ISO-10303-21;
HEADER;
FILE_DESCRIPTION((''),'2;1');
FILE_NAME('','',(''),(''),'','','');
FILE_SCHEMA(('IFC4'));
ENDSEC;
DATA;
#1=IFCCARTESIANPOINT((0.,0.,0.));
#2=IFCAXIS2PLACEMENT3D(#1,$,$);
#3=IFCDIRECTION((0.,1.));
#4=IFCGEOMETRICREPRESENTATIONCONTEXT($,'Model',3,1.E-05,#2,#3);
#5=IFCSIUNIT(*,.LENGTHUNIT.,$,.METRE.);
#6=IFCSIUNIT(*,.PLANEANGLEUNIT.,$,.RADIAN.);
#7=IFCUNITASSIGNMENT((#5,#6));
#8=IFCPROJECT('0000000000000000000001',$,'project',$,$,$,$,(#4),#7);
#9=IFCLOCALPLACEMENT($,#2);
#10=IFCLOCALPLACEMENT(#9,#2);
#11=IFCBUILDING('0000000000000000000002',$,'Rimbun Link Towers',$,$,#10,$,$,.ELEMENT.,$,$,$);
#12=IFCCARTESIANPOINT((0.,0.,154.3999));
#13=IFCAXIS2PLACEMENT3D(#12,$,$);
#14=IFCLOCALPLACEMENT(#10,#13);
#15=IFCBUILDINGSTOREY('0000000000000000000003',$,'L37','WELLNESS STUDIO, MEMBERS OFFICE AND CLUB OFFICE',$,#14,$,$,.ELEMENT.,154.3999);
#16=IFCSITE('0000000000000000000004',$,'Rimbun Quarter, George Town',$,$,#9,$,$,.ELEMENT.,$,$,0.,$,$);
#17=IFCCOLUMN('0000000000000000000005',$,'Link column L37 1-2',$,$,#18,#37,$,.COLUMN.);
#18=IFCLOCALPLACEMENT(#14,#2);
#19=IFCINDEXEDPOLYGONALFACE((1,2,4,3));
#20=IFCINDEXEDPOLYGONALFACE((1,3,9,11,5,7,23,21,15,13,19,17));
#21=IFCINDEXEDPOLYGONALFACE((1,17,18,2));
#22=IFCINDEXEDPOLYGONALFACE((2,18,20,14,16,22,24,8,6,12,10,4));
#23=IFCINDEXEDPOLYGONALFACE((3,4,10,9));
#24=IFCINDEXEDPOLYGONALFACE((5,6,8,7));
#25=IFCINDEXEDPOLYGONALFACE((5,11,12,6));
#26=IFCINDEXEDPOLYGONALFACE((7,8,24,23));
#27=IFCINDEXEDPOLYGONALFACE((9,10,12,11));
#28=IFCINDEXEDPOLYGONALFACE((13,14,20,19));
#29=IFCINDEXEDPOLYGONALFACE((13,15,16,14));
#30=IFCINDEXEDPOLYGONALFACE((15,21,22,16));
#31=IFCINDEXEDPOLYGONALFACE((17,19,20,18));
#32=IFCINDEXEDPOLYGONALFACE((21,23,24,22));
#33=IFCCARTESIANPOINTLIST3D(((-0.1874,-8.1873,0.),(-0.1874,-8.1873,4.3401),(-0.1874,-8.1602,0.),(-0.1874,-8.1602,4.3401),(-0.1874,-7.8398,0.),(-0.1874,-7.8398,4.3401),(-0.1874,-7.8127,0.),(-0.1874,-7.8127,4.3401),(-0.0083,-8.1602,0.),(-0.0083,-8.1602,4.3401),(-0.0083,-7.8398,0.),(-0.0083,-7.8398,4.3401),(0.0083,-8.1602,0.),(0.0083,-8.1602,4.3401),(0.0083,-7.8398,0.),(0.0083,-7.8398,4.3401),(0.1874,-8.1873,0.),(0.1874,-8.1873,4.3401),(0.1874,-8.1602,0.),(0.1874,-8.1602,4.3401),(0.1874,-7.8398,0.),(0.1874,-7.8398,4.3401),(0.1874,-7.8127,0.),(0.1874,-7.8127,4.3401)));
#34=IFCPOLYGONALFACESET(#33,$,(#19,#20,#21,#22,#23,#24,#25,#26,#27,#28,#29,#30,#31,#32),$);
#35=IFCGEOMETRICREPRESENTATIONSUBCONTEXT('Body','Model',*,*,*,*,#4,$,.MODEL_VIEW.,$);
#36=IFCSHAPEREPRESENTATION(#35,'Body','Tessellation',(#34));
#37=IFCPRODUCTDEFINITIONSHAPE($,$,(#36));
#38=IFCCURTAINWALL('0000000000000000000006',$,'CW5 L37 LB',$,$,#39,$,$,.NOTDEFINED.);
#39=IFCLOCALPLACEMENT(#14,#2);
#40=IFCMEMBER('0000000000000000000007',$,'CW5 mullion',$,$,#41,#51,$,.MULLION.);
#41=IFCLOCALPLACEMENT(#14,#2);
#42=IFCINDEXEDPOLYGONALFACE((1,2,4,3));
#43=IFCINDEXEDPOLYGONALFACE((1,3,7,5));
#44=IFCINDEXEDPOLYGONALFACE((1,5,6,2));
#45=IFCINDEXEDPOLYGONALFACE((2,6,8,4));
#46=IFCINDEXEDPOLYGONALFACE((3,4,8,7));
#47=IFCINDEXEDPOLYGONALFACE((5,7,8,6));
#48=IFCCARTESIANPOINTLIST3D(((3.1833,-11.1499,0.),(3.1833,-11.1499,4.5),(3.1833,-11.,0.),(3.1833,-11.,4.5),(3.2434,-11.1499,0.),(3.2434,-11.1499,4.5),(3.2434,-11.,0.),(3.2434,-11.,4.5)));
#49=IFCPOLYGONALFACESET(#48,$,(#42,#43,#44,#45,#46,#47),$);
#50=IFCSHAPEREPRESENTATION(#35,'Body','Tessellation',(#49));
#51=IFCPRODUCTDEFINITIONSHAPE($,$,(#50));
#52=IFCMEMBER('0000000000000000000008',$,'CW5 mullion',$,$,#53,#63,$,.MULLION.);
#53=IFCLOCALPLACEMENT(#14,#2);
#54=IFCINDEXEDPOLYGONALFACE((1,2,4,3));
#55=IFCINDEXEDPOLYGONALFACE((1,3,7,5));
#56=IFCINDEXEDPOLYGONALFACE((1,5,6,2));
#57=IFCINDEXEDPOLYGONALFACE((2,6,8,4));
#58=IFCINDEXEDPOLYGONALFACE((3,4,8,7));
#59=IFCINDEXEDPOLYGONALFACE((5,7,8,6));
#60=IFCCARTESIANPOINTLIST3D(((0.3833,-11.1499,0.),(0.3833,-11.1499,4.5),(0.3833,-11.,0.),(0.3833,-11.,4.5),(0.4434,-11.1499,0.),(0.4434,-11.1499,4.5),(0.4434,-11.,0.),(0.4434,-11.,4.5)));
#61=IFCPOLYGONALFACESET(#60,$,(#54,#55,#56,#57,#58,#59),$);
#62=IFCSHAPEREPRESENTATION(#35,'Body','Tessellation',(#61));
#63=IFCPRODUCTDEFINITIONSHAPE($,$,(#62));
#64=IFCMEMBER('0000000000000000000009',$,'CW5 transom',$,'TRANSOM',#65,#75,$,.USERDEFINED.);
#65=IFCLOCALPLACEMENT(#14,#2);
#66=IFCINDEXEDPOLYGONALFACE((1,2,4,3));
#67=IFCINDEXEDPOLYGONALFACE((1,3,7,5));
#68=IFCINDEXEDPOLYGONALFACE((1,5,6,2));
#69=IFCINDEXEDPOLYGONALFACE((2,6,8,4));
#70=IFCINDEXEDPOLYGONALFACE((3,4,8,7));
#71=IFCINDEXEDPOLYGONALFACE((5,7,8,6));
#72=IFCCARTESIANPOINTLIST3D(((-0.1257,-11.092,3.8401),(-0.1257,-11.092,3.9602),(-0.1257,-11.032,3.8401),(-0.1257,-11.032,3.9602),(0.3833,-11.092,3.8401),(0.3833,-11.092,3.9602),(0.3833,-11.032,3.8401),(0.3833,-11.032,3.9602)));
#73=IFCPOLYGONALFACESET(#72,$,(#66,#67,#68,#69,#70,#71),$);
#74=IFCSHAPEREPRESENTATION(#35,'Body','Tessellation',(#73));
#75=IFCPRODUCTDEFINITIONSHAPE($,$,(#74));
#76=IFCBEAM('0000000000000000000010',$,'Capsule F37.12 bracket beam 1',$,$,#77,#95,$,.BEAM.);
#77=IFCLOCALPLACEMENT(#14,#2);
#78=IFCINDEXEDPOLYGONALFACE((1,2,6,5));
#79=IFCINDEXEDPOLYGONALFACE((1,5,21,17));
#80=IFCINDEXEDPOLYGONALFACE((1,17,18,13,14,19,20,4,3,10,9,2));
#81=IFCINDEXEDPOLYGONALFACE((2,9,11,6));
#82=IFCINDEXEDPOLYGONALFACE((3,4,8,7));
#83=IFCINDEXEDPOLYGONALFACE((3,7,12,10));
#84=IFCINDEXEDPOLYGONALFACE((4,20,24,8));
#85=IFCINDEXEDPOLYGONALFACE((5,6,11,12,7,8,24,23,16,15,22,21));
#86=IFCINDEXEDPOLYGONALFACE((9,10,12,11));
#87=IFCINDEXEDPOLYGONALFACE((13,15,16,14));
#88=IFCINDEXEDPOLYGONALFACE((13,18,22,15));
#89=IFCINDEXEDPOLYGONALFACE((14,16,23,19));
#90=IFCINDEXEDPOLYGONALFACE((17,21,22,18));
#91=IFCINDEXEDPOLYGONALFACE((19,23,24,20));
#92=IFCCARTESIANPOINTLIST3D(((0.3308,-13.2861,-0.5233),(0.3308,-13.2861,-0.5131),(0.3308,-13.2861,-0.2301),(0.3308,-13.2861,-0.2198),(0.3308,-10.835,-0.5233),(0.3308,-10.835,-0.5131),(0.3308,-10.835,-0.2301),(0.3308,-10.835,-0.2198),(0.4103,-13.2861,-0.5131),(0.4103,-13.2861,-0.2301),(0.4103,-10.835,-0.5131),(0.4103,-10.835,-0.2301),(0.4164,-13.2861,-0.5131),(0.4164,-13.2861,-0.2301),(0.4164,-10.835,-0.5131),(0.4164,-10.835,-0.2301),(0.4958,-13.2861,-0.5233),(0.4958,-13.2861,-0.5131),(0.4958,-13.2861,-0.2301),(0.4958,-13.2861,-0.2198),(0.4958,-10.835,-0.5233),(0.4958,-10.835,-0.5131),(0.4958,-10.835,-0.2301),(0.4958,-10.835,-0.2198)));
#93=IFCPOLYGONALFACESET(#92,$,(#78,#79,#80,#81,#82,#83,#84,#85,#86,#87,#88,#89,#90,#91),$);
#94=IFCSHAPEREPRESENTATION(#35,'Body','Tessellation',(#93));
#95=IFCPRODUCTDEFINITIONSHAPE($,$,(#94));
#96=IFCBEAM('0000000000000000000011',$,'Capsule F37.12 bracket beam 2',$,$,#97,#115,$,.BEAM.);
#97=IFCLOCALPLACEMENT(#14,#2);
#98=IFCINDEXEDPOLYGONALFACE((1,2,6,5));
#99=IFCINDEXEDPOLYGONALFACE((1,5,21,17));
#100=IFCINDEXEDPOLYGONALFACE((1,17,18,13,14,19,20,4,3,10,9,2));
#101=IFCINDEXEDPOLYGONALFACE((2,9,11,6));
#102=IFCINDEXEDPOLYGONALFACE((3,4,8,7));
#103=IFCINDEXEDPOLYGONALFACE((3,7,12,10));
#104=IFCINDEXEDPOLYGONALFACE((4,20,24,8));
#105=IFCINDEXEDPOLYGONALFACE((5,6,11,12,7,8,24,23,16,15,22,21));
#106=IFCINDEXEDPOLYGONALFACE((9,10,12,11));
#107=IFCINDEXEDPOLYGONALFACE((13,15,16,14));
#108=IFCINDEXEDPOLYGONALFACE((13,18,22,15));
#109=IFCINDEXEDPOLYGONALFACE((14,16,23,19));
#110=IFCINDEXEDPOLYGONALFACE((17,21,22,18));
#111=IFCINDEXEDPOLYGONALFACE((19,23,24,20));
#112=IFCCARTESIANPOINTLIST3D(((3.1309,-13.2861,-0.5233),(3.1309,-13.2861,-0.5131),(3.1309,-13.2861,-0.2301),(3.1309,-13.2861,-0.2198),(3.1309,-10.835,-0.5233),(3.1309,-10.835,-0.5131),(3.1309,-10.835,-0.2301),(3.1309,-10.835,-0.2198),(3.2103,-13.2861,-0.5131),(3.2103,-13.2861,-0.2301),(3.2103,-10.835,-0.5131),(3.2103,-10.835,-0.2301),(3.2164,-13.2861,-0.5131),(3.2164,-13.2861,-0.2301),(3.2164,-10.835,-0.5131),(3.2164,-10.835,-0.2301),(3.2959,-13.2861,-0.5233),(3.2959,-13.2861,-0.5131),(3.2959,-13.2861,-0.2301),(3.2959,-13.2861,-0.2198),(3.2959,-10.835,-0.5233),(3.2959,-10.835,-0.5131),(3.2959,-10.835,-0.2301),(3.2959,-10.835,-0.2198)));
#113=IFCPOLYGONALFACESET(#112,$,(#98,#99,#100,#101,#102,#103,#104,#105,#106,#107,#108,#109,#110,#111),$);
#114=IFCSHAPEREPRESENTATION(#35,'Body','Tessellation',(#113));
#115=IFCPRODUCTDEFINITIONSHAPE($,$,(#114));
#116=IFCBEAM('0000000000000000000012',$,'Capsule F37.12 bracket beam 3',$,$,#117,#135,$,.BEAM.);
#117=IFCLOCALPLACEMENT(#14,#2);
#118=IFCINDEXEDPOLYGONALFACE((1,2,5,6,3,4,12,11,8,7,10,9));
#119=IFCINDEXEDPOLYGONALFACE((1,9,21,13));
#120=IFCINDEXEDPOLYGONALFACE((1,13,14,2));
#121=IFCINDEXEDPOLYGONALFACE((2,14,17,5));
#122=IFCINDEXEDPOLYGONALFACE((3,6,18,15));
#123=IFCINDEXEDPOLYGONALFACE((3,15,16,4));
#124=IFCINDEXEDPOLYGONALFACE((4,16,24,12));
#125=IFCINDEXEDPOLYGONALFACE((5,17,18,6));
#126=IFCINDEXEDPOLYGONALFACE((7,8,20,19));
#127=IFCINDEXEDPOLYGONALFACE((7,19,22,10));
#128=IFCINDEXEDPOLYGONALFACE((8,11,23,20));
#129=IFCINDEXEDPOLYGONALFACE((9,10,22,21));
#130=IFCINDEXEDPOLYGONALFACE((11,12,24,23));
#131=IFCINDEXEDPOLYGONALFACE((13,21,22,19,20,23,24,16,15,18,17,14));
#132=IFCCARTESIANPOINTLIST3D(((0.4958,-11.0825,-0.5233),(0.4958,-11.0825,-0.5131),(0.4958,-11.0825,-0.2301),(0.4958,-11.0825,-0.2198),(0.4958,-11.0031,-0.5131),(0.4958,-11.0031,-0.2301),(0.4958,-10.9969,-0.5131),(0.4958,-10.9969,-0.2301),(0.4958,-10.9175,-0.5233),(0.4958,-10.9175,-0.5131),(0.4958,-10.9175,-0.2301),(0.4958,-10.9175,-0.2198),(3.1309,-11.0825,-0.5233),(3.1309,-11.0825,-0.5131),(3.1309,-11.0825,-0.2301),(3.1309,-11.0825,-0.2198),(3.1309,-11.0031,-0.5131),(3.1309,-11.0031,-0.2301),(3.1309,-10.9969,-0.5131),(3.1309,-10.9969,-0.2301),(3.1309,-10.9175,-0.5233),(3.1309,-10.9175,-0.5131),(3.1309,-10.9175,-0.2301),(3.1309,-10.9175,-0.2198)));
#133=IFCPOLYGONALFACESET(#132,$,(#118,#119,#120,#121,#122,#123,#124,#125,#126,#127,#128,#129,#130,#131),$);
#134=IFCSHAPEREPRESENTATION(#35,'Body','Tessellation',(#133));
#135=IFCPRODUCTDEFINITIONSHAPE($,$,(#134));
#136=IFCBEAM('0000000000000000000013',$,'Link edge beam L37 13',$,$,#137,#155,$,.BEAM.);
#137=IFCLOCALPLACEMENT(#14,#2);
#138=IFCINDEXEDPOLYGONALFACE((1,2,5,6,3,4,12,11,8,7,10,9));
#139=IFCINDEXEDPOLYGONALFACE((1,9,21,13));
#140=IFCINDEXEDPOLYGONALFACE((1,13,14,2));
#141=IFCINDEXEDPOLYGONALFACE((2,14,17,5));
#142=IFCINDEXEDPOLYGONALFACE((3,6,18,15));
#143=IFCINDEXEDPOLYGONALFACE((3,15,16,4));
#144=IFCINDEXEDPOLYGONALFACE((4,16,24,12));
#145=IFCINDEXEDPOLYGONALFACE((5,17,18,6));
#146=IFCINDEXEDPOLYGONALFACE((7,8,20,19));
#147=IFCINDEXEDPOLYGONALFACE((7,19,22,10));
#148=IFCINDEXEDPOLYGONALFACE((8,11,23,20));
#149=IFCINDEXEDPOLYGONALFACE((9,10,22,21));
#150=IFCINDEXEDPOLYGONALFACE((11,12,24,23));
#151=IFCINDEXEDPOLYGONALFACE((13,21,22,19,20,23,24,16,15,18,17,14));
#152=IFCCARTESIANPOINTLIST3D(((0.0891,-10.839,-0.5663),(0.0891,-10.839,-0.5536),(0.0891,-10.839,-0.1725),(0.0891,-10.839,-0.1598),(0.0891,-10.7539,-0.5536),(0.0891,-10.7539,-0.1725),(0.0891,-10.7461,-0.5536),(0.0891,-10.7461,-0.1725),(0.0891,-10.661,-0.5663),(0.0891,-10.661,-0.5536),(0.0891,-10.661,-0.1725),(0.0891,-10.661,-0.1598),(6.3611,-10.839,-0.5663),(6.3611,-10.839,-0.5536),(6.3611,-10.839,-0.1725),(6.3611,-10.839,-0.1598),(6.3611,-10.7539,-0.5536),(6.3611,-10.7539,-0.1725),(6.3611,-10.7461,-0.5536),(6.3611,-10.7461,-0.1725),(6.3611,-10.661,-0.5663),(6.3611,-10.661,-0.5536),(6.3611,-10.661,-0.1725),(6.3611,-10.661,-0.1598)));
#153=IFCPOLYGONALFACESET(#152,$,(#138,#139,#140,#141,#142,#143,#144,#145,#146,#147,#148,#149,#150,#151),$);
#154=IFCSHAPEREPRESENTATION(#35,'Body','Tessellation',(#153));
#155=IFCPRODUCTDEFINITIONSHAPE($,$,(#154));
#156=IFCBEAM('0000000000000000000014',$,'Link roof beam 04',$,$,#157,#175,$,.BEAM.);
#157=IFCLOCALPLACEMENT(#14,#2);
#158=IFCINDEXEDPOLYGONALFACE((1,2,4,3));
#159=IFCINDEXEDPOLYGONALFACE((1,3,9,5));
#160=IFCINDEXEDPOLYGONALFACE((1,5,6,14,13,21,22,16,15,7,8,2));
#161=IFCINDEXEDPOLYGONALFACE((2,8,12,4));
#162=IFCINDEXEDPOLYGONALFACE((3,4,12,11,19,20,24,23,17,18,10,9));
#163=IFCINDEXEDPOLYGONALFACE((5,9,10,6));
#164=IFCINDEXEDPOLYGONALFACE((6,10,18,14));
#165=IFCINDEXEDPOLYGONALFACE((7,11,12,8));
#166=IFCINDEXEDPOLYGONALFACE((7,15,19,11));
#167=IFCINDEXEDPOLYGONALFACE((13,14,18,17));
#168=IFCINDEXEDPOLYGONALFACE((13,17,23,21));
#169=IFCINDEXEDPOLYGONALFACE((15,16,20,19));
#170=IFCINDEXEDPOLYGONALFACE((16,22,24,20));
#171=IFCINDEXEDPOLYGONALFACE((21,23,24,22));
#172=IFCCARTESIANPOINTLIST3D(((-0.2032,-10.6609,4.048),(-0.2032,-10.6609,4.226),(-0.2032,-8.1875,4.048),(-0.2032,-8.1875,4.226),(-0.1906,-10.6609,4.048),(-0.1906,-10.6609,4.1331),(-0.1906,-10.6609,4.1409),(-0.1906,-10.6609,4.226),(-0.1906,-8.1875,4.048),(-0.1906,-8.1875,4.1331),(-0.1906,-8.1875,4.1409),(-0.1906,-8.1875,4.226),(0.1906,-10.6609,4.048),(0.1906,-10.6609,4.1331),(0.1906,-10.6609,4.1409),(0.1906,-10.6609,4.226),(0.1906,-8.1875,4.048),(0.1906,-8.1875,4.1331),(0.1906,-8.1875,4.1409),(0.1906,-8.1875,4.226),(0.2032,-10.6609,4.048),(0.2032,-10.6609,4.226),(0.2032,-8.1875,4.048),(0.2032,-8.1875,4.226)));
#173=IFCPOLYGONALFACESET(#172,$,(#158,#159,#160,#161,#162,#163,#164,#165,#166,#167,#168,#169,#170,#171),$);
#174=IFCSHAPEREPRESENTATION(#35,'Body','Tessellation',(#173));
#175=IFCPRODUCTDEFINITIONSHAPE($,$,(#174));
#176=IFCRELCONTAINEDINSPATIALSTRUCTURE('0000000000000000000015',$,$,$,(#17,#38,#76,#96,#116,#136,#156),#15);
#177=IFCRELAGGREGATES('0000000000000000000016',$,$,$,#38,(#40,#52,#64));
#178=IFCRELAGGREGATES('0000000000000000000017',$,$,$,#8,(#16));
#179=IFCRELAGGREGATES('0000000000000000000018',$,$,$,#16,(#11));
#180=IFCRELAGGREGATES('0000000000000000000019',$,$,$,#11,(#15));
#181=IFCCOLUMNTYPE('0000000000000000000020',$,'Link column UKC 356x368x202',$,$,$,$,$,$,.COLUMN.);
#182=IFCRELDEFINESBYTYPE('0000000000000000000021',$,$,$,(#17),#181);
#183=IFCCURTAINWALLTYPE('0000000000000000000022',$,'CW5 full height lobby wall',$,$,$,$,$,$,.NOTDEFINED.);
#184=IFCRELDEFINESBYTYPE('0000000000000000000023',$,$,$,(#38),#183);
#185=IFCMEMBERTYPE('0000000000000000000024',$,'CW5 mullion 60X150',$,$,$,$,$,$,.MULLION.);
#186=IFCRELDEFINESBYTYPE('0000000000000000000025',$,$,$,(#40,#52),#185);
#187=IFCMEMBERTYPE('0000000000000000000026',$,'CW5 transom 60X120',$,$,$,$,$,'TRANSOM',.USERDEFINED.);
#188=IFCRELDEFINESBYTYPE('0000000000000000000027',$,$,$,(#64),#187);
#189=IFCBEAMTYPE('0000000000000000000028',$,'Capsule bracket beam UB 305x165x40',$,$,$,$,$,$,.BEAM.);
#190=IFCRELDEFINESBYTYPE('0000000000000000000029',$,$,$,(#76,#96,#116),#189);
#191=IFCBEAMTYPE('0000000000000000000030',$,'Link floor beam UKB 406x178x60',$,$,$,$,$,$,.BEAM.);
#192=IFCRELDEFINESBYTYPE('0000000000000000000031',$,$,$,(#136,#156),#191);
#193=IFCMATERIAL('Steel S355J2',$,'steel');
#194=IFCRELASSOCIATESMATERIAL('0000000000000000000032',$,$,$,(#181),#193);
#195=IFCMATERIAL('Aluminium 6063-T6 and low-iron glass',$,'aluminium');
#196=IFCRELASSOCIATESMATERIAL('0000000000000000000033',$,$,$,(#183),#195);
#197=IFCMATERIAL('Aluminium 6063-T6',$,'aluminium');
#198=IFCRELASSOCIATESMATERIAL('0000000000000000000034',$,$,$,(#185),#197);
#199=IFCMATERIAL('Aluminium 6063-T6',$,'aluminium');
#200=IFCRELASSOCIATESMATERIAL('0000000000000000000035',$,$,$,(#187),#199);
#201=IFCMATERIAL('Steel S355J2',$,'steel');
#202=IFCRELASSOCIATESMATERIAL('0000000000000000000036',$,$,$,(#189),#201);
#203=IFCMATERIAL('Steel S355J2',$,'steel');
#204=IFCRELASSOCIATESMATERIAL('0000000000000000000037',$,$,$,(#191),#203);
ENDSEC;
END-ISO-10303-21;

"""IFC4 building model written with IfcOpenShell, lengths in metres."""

from ifc_helpers import new_model, si_unit, direction, frame, origin, origin_2d, place, context, subcontext, project, spatial, rectangle, i_section, extrude, material, material_profile, profile_set, type_object, element, aggregate, save


model = new_model("IFC4")

# Units and contexts
model_context = context("Model", 3, precision=1e-05, world=origin(), true_north=direction((0.0, 1.0)))
body_context = subcontext(model_context, "Body", "Model", "MODEL_VIEW")
ifc_project = project(units=[si_unit("LENGTHUNIT", "METRE"), si_unit("PLANEANGLEUNIT", "RADIAN")], contexts=[model_context])

# Site, building, storey
site_placement = place(None, origin())
site = spatial("IfcSite", under=ifc_project, at=site_placement, Name="Rimbun Quarter, George Town", CompositionType="ELEMENT", RefElevation=0.0)
building_placement = place(site_placement, origin())
building = spatial("IfcBuilding", under=site, at=building_placement, Name="Rimbun Link Towers", CompositionType="ELEMENT")
storey_placement = place(building_placement, frame((0.0, 0.0, 154.3999)))
storey = spatial("IfcBuildingStorey", under=building, at=storey_placement, Name="L37", Description="WELLNESS STUDIO, MEMBERS OFFICE AND CLUB OFFICE", CompositionType="ELEMENT", Elevation=154.3999)

# Column
ifc_material_1 = material(Name="Steel S355J2", Category="steel")
ifc_material_profile_1 = material_profile(ifc_material_1, i_section(OverallWidth=0.3748, OverallDepth=0.3745, WebThickness=0.0166, FlangeThickness=0.0271, at=origin_2d()), Name="UKC 356x368x202")
ifc_profile_set_1 = profile_set([ifc_material_profile_1], Name="Steel S355J2")
column_type = type_object("IfcColumnType", Name="Link column UKC 356x368x202", PredefinedType="COLUMN", material=ifc_profile_set_1)
column_placement = place(storey_placement, frame((0.0, -8.0, 0.0), z_axis=(0.0, 0.0, 1.0), x_axis=(1.0, 0.0, 0.0)))
element("IfcColumn", 1, at=column_placement, inside=storey, type_object=column_type, Name="Link column L37 1-2", PredefinedType="COLUMN", context=body_context, shape_type="SweptSolid", body=[
    extrude(i_section(OverallWidth=0.3748, OverallDepth=0.3745, WebThickness=0.0166, FlangeThickness=0.0271, at=origin_2d()), origin(), (0.0, 0.0, 1.0), 4.3401),
])

# Curtain wall, members
ifc_material_2 = material(Name="Aluminium 6063-T6 and low-iron glass", Category="aluminium")
curtain_wall_type = type_object("IfcCurtainWallType", Name="CW5 full height lobby wall", PredefinedType="NOTDEFINED", material=ifc_material_2)
curtain_wall_placement = place(storey_placement, origin())
curtain_wall = element("IfcCurtainWall", 2, at=curtain_wall_placement, inside=storey, type_object=curtain_wall_type, Name="CW5 L37 LB", PredefinedType="NOTDEFINED")
ifc_material_3 = material(Name="Aluminium 6063-T6", Category="aluminium")
ifc_material_profile_2 = material_profile(ifc_material_3, rectangle(XDim=0.1499, YDim=0.0601, at=origin_2d()), Name="MULLION 60X150")
ifc_profile_set_2 = profile_set([ifc_material_profile_2], Name="Aluminium 6063-T6")
member_type_1 = type_object("IfcMemberType", Name="CW5 mullion 60X150", PredefinedType="MULLION", material=ifc_profile_set_2)
member_1_placement = place(storey_placement, frame((3.2134, -11.075, 0.0), z_axis=(0.0, 0.0, 1.0), x_axis=(0.0, -1.0, 0.0)))
member_1 = element("IfcMember", 3, at=member_1_placement, type_object=member_type_1, Name="CW5 mullion", PredefinedType="MULLION", context=body_context, shape_type="SweptSolid", body=[
    extrude(rectangle(XDim=0.1499, YDim=0.0601, at=origin_2d()), origin(), (0.0, 0.0, 1.0), 4.5),
])
member_2_placement = place(storey_placement, frame((0.4133, -11.075, 0.0), z_axis=(0.0, 0.0, 1.0), x_axis=(0.0, -1.0, 0.0)))
member_2 = element("IfcMember", 4, at=member_2_placement, type_object=member_type_1, Name="CW5 mullion", PredefinedType="MULLION", context=body_context, shape_type="SweptSolid", body=[
    extrude(rectangle(XDim=0.1499, YDim=0.0601, at=origin_2d()), origin(), (0.0, 0.0, 1.0), 4.5),
])
ifc_material_4 = material(Name="Aluminium 6063-T6", Category="aluminium")
ifc_material_profile_3 = material_profile(ifc_material_4, rectangle(XDim=0.0601, YDim=0.1201, at=origin_2d()), Name="TRANSOM 60X120")
ifc_profile_set_3 = profile_set([ifc_material_profile_3], Name="Aluminium 6063-T6")
member_type_2 = type_object("IfcMemberType", Name="CW5 transom 60X120", ElementType="TRANSOM", PredefinedType="USERDEFINED", material=ifc_profile_set_3)
member_3_placement = place(storey_placement, frame((0.3833, -11.062, 3.9001), z_axis=(-1.0, 0.0, 0.0), x_axis=(0.0, -1.0, 0.0)))
member_3 = element("IfcMember", 5, at=member_3_placement, type_object=member_type_2, Name="CW5 transom", ObjectType="TRANSOM", PredefinedType="USERDEFINED", context=body_context, shape_type="SweptSolid", body=[
    extrude(rectangle(XDim=0.0601, YDim=0.1201, at=origin_2d()), origin(), (0.0, 0.0, 1.0), 0.509),
])

# Beams
ifc_material_5 = material(Name="Steel S355J2", Category="steel")
ifc_material_profile_4 = material_profile(ifc_material_5, i_section(OverallWidth=0.165, OverallDepth=0.3035, WebThickness=0.0061, FlangeThickness=0.0103, at=origin_2d()), Name="UB 305x165x40")
ifc_profile_set_4 = profile_set([ifc_material_profile_4], Name="Steel S355J2")
beam_type_1 = type_object("IfcBeamType", Name="Capsule bracket beam UB 305x165x40", PredefinedType="BEAM", material=ifc_profile_set_4)
for number, where, z_axis, x_axis, name in (
    (6, (0.4133, -10.835, -0.3716), (0.0, -1.0, 0.0), (1.0, 0.0, 0.0), "Capsule F37.12 bracket beam 1"),
    (7, (3.2134, -10.835, -0.3716), (0.0, -1.0, 0.0), (1.0, 0.0, 0.0), "Capsule F37.12 bracket beam 2"),
):
    element("IfcBeam", number, at=place(storey_placement, frame(where, z_axis=z_axis, x_axis=x_axis)), inside=storey, type_object=beam_type_1, Name=name, PredefinedType="BEAM", context=body_context, shape_type="SweptSolid", body=[
        extrude(i_section(OverallWidth=0.165, OverallDepth=0.3035, WebThickness=0.0061, FlangeThickness=0.0103, at=origin_2d()), origin(), (0.0, 0.0, 1.0), 2.4512),
    ])
beam_1_placement = place(storey_placement, frame((0.4958, -11.0, -0.3716), z_axis=(1.0, 0.0, 0.0), x_axis=(0.0, 1.0, 0.0)))
element("IfcBeam", 8, at=beam_1_placement, inside=storey, type_object=beam_type_1, Name="Capsule F37.12 bracket beam 3", PredefinedType="BEAM", context=body_context, shape_type="SweptSolid", body=[
    extrude(i_section(OverallWidth=0.165, OverallDepth=0.3035, WebThickness=0.0061, FlangeThickness=0.0103, at=origin_2d()), origin(), (0.0, 0.0, 1.0), 2.635),
])
ifc_material_6 = material(Name="Steel S355J2", Category="steel")
ifc_material_profile_5 = material_profile(ifc_material_6, i_section(OverallWidth=0.178, OverallDepth=0.4065, WebThickness=0.0078, FlangeThickness=0.0127, at=origin_2d()), Name="UKB 406x178x60")
ifc_profile_set_5 = profile_set([ifc_material_profile_5], Name="Steel S355J2")
beam_type_2 = type_object("IfcBeamType", Name="Link floor beam UKB 406x178x60", PredefinedType="BEAM", material=ifc_profile_set_5)
beam_2_placement = place(storey_placement, frame((0.0891, -10.75, -0.363), z_axis=(1.0, 0.0, 0.0), x_axis=(0.0, 1.0, 0.0)))
element("IfcBeam", 9, at=beam_2_placement, inside=storey, type_object=beam_type_2, Name="Link edge beam L37 13", PredefinedType="BEAM", context=body_context, shape_type="SweptSolid", body=[
    extrude(i_section(OverallWidth=0.178, OverallDepth=0.4065, WebThickness=0.0078, FlangeThickness=0.0127, at=origin_2d()), origin(), (0.0, 0.0, 1.0), 6.272),
])
beam_3_placement = place(storey_placement, frame((0.0, -10.6609, 4.137), z_axis=(0.0, 1.0, 0.0), x_axis=(0.0, 0.0, 1.0)))
element("IfcBeam", 10, at=beam_3_placement, inside=storey, type_object=beam_type_2, Name="Link roof beam 04", PredefinedType="BEAM", context=body_context, shape_type="SweptSolid", body=[
    extrude(i_section(OverallWidth=0.178, OverallDepth=0.4065, WebThickness=0.0078, FlangeThickness=0.0127, at=origin_2d()), origin(), (0.0, 0.0, 1.0), 2.4734),
])

aggregate(curtain_wall, [member_1, member_2, member_3])

save(model, "model.ifc")
